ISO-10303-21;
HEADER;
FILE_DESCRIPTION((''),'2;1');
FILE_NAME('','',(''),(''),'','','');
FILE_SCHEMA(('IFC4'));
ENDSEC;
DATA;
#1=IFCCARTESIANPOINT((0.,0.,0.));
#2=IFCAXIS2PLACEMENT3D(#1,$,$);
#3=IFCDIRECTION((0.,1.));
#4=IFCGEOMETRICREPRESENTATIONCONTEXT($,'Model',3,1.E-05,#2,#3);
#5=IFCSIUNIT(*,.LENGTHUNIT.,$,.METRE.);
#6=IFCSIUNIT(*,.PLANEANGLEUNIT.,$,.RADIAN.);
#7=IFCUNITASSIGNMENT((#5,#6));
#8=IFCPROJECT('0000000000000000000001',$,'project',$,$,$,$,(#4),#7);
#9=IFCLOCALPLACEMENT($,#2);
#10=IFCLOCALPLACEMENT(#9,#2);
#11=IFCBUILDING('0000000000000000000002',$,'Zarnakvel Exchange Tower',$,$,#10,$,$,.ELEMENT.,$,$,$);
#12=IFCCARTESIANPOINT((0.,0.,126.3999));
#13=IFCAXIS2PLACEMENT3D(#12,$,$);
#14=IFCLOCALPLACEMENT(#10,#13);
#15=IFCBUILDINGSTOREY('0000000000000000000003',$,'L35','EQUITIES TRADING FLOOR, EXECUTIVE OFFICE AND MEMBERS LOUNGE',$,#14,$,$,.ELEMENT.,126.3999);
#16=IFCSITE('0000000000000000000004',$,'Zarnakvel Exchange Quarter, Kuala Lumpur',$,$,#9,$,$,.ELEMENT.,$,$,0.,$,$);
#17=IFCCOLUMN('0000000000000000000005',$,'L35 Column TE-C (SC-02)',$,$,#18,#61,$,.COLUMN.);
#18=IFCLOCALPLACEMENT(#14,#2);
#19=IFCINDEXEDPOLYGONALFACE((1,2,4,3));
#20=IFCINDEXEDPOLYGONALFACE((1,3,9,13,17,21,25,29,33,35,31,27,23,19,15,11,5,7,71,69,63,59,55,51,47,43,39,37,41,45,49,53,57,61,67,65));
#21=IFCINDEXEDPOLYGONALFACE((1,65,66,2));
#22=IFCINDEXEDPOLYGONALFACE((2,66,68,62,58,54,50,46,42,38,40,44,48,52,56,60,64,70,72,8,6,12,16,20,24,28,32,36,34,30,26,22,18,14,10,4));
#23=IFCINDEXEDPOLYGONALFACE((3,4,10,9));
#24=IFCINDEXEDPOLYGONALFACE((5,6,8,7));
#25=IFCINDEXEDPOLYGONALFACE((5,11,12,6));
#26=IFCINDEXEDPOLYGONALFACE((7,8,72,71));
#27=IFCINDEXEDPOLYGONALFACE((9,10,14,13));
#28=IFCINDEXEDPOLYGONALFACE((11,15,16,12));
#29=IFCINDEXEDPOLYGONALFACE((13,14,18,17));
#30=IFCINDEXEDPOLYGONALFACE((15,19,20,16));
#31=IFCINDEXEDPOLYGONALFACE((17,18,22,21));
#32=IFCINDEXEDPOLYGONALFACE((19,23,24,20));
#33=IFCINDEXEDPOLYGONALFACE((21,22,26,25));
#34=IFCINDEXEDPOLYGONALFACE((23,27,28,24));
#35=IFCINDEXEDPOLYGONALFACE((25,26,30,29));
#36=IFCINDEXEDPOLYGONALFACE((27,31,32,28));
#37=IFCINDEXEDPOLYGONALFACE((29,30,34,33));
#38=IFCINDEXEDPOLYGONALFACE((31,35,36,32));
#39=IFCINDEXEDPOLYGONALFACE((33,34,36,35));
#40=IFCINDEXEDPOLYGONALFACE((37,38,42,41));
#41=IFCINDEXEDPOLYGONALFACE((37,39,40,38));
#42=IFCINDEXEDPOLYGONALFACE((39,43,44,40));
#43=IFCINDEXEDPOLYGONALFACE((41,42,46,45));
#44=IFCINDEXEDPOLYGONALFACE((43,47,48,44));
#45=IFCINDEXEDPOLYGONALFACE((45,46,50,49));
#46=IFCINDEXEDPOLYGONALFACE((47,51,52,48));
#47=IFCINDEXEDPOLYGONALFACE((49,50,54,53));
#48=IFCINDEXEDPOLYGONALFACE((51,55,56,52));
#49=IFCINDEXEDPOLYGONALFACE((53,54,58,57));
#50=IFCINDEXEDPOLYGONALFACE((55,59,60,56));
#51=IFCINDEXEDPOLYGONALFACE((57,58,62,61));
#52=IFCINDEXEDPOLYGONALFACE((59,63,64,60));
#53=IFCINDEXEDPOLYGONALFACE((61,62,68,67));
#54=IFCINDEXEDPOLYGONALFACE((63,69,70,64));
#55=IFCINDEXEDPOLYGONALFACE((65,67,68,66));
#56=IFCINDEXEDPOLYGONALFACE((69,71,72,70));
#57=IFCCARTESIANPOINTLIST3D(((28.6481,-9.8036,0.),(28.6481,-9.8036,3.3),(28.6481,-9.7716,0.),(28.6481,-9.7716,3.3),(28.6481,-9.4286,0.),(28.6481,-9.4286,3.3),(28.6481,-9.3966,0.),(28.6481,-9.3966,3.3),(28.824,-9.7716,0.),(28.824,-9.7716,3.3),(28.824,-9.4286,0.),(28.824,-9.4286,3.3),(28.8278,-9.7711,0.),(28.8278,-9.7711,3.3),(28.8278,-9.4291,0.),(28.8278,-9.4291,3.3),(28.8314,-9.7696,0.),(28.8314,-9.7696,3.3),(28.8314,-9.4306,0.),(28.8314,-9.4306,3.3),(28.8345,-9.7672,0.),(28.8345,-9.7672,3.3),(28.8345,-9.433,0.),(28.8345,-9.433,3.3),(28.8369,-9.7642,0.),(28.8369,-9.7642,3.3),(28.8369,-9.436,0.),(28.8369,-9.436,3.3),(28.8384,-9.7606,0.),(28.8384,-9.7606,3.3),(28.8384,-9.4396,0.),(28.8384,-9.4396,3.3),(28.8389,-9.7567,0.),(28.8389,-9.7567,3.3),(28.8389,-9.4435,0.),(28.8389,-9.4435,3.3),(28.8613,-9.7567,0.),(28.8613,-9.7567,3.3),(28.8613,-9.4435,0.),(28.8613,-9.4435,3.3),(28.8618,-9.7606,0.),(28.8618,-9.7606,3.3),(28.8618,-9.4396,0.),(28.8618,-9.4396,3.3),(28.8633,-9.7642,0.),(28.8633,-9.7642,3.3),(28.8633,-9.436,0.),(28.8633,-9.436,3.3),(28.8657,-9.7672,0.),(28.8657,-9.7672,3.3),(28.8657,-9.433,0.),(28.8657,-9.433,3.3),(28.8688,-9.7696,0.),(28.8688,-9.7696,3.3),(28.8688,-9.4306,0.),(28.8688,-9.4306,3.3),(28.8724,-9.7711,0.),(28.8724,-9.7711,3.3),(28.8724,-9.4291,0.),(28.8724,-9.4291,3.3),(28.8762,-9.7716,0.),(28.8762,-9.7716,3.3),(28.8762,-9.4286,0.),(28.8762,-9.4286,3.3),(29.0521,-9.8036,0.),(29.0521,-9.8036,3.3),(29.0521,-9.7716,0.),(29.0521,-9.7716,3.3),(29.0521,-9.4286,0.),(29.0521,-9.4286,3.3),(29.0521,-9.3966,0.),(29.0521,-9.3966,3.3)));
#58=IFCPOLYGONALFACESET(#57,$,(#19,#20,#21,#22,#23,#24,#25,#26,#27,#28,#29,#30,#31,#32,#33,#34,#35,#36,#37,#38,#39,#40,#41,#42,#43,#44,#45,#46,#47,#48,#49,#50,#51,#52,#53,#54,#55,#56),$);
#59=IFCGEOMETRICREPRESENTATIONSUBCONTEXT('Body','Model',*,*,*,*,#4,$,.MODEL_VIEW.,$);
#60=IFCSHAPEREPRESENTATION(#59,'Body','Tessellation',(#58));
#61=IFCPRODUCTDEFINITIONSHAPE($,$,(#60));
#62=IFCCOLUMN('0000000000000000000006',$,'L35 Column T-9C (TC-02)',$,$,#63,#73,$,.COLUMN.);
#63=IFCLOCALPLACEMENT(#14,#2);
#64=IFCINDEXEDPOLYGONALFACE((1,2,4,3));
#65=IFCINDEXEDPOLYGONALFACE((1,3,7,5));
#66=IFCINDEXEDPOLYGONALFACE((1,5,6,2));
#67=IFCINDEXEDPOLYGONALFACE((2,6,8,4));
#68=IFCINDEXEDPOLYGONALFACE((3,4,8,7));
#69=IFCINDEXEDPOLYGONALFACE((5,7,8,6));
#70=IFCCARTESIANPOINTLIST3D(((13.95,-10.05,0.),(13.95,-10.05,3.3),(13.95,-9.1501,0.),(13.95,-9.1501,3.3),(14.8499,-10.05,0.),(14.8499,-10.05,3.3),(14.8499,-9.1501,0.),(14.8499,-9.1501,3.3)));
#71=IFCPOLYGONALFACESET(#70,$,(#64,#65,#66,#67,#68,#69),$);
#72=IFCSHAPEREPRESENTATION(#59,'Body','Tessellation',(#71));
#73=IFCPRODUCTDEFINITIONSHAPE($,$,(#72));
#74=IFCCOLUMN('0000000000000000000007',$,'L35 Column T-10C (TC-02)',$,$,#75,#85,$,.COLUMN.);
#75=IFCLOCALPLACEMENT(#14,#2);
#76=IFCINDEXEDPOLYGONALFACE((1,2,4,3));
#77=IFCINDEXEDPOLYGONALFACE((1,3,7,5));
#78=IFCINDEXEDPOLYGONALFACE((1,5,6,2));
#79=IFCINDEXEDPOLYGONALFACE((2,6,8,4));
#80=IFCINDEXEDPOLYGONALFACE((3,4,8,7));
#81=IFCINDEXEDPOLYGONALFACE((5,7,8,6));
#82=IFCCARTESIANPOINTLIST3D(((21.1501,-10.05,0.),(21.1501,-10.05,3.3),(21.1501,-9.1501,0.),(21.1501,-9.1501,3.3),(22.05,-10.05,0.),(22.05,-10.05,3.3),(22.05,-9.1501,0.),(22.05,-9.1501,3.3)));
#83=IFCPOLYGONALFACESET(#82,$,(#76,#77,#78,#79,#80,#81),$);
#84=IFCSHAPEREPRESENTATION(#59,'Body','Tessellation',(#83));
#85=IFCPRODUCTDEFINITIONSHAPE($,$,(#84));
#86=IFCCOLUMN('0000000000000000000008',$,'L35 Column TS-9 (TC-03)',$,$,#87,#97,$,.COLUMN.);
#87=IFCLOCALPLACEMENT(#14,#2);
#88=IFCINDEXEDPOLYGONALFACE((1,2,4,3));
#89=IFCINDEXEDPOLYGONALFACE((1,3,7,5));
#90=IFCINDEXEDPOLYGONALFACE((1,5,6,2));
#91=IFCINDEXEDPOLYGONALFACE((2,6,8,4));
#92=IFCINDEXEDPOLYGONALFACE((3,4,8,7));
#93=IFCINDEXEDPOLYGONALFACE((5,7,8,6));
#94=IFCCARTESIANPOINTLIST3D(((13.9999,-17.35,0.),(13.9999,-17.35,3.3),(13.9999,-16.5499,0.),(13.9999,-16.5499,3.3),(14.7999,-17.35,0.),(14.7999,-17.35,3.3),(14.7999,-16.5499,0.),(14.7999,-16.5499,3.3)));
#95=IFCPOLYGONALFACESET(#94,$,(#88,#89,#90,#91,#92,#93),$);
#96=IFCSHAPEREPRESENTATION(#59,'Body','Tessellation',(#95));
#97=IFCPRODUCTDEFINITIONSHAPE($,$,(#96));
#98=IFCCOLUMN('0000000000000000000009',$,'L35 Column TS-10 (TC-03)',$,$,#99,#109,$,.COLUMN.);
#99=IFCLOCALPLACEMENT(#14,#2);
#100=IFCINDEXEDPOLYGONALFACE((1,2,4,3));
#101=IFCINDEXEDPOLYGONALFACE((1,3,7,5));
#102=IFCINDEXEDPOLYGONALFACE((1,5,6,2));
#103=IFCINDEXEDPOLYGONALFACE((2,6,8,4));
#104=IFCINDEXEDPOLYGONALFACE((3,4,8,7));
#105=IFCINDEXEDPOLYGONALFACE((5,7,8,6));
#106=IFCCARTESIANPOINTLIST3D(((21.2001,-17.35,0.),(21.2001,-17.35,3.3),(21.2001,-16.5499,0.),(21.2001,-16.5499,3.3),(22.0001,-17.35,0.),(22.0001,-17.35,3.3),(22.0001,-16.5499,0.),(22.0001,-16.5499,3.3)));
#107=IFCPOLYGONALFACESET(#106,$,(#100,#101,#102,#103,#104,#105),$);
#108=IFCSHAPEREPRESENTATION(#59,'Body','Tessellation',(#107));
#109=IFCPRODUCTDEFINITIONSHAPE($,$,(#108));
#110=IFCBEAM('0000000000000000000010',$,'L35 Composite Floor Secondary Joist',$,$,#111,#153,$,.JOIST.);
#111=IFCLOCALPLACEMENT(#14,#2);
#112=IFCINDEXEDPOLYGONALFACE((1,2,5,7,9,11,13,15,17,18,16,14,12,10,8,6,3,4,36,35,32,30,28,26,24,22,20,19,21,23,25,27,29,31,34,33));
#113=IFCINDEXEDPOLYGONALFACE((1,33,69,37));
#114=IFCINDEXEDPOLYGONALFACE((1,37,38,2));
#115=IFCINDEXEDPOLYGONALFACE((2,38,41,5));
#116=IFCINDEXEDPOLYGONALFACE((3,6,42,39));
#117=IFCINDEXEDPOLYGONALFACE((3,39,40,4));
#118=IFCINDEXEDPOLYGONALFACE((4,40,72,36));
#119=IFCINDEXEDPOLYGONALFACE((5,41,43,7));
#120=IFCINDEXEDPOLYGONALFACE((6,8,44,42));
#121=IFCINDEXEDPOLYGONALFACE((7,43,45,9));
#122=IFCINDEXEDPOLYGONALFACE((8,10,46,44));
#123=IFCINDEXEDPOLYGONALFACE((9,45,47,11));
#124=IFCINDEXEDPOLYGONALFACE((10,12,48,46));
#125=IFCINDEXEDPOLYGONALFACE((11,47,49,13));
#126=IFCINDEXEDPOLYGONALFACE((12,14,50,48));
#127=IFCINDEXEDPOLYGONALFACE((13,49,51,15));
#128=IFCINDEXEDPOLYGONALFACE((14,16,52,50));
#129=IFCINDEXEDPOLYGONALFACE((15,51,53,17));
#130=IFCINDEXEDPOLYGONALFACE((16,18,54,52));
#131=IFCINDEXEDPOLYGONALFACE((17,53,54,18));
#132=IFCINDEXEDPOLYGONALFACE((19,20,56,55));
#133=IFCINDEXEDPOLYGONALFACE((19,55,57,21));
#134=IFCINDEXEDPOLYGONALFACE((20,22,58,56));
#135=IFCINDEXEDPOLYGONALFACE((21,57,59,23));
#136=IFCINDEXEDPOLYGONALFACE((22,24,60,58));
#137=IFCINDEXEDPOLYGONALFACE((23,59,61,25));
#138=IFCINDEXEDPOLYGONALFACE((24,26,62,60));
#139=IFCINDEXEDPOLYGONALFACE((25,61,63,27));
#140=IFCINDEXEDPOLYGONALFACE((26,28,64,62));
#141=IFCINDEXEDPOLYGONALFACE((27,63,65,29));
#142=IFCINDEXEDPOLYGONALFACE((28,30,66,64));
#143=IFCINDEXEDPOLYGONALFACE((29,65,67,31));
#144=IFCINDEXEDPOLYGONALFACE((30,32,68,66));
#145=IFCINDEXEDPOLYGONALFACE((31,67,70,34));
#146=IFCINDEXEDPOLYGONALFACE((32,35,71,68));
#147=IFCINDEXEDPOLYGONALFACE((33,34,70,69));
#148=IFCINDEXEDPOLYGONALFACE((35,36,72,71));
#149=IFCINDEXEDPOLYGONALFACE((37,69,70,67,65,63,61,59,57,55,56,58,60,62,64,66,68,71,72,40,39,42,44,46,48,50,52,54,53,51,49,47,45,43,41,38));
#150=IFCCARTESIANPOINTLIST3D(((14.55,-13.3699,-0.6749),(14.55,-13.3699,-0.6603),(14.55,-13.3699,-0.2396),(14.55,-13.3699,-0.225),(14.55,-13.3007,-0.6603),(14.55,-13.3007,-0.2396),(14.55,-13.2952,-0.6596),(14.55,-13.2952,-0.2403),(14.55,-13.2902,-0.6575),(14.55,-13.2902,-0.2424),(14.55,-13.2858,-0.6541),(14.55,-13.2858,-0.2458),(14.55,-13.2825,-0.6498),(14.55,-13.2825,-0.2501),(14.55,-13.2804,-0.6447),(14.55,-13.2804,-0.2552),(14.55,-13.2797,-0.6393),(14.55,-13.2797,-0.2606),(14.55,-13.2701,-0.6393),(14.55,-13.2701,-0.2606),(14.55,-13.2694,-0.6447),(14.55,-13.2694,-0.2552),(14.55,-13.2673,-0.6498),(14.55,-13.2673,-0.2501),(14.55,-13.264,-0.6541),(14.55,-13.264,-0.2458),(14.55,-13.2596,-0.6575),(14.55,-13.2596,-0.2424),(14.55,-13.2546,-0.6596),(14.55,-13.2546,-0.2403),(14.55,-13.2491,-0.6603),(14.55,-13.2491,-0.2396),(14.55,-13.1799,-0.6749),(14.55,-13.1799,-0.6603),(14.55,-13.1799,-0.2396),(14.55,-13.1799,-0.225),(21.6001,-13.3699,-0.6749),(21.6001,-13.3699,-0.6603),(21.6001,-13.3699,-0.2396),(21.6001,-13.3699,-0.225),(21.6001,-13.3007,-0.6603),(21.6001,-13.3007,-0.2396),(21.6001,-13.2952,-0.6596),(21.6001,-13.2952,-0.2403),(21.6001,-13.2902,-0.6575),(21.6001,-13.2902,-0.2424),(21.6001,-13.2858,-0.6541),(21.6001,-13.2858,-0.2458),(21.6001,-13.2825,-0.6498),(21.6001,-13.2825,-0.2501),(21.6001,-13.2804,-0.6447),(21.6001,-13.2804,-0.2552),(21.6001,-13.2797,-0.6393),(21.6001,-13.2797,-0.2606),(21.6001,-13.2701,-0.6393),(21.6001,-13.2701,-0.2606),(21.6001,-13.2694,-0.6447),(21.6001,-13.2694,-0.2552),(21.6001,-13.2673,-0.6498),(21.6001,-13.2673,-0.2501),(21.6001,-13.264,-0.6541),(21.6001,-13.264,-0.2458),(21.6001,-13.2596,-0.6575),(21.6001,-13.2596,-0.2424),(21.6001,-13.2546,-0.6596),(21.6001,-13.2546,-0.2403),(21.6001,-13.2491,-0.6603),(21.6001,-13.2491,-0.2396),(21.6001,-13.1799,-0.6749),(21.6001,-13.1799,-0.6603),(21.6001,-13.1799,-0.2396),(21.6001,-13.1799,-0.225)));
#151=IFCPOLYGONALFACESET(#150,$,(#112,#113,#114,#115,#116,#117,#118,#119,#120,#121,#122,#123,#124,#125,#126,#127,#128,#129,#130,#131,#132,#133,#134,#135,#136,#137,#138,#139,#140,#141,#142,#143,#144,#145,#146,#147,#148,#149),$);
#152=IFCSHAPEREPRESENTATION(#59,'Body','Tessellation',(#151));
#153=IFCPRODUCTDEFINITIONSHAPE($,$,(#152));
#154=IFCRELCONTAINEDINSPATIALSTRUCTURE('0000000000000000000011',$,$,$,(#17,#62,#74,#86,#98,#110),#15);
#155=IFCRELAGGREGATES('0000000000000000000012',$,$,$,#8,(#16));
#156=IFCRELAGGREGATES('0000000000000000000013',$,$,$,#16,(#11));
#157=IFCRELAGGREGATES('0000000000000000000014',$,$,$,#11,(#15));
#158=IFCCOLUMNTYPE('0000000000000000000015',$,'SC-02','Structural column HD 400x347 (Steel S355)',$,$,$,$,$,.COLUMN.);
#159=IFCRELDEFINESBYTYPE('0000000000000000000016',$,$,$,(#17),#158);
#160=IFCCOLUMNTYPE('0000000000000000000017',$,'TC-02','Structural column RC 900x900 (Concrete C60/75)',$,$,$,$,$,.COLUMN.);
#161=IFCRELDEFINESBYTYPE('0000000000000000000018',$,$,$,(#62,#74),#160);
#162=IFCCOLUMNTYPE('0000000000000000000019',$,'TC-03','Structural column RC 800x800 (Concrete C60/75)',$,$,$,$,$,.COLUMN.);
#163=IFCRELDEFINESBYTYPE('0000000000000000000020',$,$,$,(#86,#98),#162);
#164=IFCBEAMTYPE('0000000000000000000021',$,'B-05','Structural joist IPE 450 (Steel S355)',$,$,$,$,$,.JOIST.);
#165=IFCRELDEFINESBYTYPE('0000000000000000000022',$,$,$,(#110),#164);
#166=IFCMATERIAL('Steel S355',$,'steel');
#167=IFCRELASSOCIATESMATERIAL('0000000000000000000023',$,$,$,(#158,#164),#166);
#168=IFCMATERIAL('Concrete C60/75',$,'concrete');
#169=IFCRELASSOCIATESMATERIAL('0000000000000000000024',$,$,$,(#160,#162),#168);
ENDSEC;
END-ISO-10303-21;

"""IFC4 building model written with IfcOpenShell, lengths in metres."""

from ifc_helpers import new_model, si_unit, direction, frame, origin, origin_2d, place, context, subcontext, project, spatial, rectangle, i_section, extrude, material, material_profile, profile_set, type_object, element, save


model = new_model("IFC4")

# Units and contexts
model_context = context("Model", 3, precision=1e-05, world=origin(), true_north=direction((0.0, 1.0)))
body_context = subcontext(model_context, "Body", "Model", "MODEL_VIEW")
ifc_project = project(units=[si_unit("LENGTHUNIT", "METRE"), si_unit("PLANEANGLEUNIT", "RADIAN")], contexts=[model_context])

# Site, building, storey
site_placement = place(None, origin())
site = spatial("IfcSite", under=ifc_project, at=site_placement, Name="Zarnakvel Exchange Quarter, Kuala Lumpur", CompositionType="ELEMENT", RefElevation=0.0)
building_placement = place(site_placement, origin())
building = spatial("IfcBuilding", under=site, at=building_placement, Name="Zarnakvel Exchange Tower", CompositionType="ELEMENT")
storey_placement = place(building_placement, frame((0.0, 0.0, 126.3999)))
storey = spatial("IfcBuildingStorey", under=building, at=storey_placement, Name="L35", Description="EQUITIES TRADING FLOOR, EXECUTIVE OFFICE AND MEMBERS LOUNGE", CompositionType="ELEMENT", Elevation=126.3999)

# Columns
ifc_material_1 = material(Name="Steel S355", Category="steel")
ifc_material_profile_1 = material_profile(ifc_material_1, i_section(OverallWidth=0.4041, OverallDepth=0.407, WebThickness=0.0225, FlangeThickness=0.032, FilletRadius=0.0149, at=origin_2d()))
ifc_profile_set_1 = profile_set([ifc_material_profile_1], Name="Steel S355")
column_type_1 = type_object("IfcColumnType", Name="SC-02", Description="Structural column HD 400x347 (Steel S355)", PredefinedType="COLUMN", material=ifc_profile_set_1)
column_placement = place(storey_placement, frame((28.8501, -9.6001, 0.0), z_axis=(0.0, 0.0, 1.0), x_axis=(1.0, 0.0, 0.0)))
element("IfcColumn", 1, at=column_placement, inside=storey, type_object=column_type_1, Name="L35 Column TE-C (SC-02)", PredefinedType="COLUMN", context=body_context, shape_type="SweptSolid", body=[
    extrude(i_section(OverallWidth=0.4041, OverallDepth=0.407, WebThickness=0.0225, FlangeThickness=0.032, FilletRadius=0.0149, at=origin_2d()), origin(), (0.0, 0.0, 1.0), 3.3),
])
ifc_material_2 = material(Name="Concrete C60/75", Category="concrete")
ifc_material_profile_2 = material_profile(ifc_material_2, rectangle(XDim=0.8999, YDim=0.8999, at=origin_2d()))
ifc_profile_set_2 = profile_set([ifc_material_profile_2], Name="Concrete C60/75")
column_type_2 = type_object("IfcColumnType", Name="TC-02", Description="Structural column RC 900x900 (Concrete C60/75)", PredefinedType="COLUMN", material=ifc_profile_set_2)
for number, where, z_axis, x_axis, name in (
    (2, (14.3999, -9.6001, 0.0), (0.0, 0.0, 1.0), (1.0, 0.0, 0.0), "L35 Column T-9C (TC-02)"),
    (3, (21.6001, -9.6001, 0.0), (0.0, 0.0, 1.0), (1.0, 0.0, 0.0), "L35 Column T-10C (TC-02)"),
):
    element("IfcColumn", number, at=place(storey_placement, frame(where, z_axis=z_axis, x_axis=x_axis)), inside=storey, type_object=column_type_2, Name=name, PredefinedType="COLUMN", context=body_context, shape_type="SweptSolid", body=[
        extrude(rectangle(XDim=0.8999, YDim=0.8999, at=origin_2d()), origin(), (0.0, 0.0, 1.0), 3.3),
    ])
ifc_material_profile_3 = material_profile(ifc_material_2, rectangle(XDim=0.8, YDim=0.8, at=origin_2d()))
ifc_profile_set_3 = profile_set([ifc_material_profile_3], Name="Concrete C60/75")
column_type_3 = type_object("IfcColumnType", Name="TC-03", Description="Structural column RC 800x800 (Concrete C60/75)", PredefinedType="COLUMN", material=ifc_profile_set_3)
for number, where, z_axis, x_axis, name in (
    (4, (14.3999, -16.95, 0.0), (0.0, 0.0, 1.0), (1.0, 0.0, 0.0), "L35 Column TS-9 (TC-03)"),
    (5, (21.6001, -16.95, 0.0), (0.0, 0.0, 1.0), (1.0, 0.0, 0.0), "L35 Column TS-10 (TC-03)"),
):
    element("IfcColumn", number, at=place(storey_placement, frame(where, z_axis=z_axis, x_axis=x_axis)), inside=storey, type_object=column_type_3, Name=name, PredefinedType="COLUMN", context=body_context, shape_type="SweptSolid", body=[
        extrude(rectangle(XDim=0.8, YDim=0.8, at=origin_2d()), origin(), (0.0, 0.0, 1.0), 3.3),
    ])

# Beam
ifc_material_profile_4 = material_profile(ifc_material_1, i_section(OverallWidth=0.1899, OverallDepth=0.45, WebThickness=0.0095, FlangeThickness=0.0146, FilletRadius=0.021, at=origin_2d()))
ifc_profile_set_4 = profile_set([ifc_material_profile_4], Name="Steel S355")
beam_type_1 = type_object("IfcBeamType", Name="B-05", Description="Structural joist IPE 450 (Steel S355)", PredefinedType="JOIST", material=ifc_profile_set_4)
beam_1_placement = place(storey_placement, frame((14.55, -13.2749, -0.45), z_axis=(1.0, 0.0, 0.0), x_axis=(0.0, 1.0, 0.0)))
element("IfcBeam", 6, at=beam_1_placement, inside=storey, type_object=beam_type_1, Name="L35 Composite Floor Secondary Joist", PredefinedType="JOIST", context=body_context, shape_type="SweptSolid", body=[
    extrude(i_section(OverallWidth=0.1899, OverallDepth=0.45, WebThickness=0.0095, FlangeThickness=0.0146, FilletRadius=0.021, at=origin_2d()), origin(), (0.0, 0.0, 1.0), 7.05),
])

save(model, "model.ifc")
